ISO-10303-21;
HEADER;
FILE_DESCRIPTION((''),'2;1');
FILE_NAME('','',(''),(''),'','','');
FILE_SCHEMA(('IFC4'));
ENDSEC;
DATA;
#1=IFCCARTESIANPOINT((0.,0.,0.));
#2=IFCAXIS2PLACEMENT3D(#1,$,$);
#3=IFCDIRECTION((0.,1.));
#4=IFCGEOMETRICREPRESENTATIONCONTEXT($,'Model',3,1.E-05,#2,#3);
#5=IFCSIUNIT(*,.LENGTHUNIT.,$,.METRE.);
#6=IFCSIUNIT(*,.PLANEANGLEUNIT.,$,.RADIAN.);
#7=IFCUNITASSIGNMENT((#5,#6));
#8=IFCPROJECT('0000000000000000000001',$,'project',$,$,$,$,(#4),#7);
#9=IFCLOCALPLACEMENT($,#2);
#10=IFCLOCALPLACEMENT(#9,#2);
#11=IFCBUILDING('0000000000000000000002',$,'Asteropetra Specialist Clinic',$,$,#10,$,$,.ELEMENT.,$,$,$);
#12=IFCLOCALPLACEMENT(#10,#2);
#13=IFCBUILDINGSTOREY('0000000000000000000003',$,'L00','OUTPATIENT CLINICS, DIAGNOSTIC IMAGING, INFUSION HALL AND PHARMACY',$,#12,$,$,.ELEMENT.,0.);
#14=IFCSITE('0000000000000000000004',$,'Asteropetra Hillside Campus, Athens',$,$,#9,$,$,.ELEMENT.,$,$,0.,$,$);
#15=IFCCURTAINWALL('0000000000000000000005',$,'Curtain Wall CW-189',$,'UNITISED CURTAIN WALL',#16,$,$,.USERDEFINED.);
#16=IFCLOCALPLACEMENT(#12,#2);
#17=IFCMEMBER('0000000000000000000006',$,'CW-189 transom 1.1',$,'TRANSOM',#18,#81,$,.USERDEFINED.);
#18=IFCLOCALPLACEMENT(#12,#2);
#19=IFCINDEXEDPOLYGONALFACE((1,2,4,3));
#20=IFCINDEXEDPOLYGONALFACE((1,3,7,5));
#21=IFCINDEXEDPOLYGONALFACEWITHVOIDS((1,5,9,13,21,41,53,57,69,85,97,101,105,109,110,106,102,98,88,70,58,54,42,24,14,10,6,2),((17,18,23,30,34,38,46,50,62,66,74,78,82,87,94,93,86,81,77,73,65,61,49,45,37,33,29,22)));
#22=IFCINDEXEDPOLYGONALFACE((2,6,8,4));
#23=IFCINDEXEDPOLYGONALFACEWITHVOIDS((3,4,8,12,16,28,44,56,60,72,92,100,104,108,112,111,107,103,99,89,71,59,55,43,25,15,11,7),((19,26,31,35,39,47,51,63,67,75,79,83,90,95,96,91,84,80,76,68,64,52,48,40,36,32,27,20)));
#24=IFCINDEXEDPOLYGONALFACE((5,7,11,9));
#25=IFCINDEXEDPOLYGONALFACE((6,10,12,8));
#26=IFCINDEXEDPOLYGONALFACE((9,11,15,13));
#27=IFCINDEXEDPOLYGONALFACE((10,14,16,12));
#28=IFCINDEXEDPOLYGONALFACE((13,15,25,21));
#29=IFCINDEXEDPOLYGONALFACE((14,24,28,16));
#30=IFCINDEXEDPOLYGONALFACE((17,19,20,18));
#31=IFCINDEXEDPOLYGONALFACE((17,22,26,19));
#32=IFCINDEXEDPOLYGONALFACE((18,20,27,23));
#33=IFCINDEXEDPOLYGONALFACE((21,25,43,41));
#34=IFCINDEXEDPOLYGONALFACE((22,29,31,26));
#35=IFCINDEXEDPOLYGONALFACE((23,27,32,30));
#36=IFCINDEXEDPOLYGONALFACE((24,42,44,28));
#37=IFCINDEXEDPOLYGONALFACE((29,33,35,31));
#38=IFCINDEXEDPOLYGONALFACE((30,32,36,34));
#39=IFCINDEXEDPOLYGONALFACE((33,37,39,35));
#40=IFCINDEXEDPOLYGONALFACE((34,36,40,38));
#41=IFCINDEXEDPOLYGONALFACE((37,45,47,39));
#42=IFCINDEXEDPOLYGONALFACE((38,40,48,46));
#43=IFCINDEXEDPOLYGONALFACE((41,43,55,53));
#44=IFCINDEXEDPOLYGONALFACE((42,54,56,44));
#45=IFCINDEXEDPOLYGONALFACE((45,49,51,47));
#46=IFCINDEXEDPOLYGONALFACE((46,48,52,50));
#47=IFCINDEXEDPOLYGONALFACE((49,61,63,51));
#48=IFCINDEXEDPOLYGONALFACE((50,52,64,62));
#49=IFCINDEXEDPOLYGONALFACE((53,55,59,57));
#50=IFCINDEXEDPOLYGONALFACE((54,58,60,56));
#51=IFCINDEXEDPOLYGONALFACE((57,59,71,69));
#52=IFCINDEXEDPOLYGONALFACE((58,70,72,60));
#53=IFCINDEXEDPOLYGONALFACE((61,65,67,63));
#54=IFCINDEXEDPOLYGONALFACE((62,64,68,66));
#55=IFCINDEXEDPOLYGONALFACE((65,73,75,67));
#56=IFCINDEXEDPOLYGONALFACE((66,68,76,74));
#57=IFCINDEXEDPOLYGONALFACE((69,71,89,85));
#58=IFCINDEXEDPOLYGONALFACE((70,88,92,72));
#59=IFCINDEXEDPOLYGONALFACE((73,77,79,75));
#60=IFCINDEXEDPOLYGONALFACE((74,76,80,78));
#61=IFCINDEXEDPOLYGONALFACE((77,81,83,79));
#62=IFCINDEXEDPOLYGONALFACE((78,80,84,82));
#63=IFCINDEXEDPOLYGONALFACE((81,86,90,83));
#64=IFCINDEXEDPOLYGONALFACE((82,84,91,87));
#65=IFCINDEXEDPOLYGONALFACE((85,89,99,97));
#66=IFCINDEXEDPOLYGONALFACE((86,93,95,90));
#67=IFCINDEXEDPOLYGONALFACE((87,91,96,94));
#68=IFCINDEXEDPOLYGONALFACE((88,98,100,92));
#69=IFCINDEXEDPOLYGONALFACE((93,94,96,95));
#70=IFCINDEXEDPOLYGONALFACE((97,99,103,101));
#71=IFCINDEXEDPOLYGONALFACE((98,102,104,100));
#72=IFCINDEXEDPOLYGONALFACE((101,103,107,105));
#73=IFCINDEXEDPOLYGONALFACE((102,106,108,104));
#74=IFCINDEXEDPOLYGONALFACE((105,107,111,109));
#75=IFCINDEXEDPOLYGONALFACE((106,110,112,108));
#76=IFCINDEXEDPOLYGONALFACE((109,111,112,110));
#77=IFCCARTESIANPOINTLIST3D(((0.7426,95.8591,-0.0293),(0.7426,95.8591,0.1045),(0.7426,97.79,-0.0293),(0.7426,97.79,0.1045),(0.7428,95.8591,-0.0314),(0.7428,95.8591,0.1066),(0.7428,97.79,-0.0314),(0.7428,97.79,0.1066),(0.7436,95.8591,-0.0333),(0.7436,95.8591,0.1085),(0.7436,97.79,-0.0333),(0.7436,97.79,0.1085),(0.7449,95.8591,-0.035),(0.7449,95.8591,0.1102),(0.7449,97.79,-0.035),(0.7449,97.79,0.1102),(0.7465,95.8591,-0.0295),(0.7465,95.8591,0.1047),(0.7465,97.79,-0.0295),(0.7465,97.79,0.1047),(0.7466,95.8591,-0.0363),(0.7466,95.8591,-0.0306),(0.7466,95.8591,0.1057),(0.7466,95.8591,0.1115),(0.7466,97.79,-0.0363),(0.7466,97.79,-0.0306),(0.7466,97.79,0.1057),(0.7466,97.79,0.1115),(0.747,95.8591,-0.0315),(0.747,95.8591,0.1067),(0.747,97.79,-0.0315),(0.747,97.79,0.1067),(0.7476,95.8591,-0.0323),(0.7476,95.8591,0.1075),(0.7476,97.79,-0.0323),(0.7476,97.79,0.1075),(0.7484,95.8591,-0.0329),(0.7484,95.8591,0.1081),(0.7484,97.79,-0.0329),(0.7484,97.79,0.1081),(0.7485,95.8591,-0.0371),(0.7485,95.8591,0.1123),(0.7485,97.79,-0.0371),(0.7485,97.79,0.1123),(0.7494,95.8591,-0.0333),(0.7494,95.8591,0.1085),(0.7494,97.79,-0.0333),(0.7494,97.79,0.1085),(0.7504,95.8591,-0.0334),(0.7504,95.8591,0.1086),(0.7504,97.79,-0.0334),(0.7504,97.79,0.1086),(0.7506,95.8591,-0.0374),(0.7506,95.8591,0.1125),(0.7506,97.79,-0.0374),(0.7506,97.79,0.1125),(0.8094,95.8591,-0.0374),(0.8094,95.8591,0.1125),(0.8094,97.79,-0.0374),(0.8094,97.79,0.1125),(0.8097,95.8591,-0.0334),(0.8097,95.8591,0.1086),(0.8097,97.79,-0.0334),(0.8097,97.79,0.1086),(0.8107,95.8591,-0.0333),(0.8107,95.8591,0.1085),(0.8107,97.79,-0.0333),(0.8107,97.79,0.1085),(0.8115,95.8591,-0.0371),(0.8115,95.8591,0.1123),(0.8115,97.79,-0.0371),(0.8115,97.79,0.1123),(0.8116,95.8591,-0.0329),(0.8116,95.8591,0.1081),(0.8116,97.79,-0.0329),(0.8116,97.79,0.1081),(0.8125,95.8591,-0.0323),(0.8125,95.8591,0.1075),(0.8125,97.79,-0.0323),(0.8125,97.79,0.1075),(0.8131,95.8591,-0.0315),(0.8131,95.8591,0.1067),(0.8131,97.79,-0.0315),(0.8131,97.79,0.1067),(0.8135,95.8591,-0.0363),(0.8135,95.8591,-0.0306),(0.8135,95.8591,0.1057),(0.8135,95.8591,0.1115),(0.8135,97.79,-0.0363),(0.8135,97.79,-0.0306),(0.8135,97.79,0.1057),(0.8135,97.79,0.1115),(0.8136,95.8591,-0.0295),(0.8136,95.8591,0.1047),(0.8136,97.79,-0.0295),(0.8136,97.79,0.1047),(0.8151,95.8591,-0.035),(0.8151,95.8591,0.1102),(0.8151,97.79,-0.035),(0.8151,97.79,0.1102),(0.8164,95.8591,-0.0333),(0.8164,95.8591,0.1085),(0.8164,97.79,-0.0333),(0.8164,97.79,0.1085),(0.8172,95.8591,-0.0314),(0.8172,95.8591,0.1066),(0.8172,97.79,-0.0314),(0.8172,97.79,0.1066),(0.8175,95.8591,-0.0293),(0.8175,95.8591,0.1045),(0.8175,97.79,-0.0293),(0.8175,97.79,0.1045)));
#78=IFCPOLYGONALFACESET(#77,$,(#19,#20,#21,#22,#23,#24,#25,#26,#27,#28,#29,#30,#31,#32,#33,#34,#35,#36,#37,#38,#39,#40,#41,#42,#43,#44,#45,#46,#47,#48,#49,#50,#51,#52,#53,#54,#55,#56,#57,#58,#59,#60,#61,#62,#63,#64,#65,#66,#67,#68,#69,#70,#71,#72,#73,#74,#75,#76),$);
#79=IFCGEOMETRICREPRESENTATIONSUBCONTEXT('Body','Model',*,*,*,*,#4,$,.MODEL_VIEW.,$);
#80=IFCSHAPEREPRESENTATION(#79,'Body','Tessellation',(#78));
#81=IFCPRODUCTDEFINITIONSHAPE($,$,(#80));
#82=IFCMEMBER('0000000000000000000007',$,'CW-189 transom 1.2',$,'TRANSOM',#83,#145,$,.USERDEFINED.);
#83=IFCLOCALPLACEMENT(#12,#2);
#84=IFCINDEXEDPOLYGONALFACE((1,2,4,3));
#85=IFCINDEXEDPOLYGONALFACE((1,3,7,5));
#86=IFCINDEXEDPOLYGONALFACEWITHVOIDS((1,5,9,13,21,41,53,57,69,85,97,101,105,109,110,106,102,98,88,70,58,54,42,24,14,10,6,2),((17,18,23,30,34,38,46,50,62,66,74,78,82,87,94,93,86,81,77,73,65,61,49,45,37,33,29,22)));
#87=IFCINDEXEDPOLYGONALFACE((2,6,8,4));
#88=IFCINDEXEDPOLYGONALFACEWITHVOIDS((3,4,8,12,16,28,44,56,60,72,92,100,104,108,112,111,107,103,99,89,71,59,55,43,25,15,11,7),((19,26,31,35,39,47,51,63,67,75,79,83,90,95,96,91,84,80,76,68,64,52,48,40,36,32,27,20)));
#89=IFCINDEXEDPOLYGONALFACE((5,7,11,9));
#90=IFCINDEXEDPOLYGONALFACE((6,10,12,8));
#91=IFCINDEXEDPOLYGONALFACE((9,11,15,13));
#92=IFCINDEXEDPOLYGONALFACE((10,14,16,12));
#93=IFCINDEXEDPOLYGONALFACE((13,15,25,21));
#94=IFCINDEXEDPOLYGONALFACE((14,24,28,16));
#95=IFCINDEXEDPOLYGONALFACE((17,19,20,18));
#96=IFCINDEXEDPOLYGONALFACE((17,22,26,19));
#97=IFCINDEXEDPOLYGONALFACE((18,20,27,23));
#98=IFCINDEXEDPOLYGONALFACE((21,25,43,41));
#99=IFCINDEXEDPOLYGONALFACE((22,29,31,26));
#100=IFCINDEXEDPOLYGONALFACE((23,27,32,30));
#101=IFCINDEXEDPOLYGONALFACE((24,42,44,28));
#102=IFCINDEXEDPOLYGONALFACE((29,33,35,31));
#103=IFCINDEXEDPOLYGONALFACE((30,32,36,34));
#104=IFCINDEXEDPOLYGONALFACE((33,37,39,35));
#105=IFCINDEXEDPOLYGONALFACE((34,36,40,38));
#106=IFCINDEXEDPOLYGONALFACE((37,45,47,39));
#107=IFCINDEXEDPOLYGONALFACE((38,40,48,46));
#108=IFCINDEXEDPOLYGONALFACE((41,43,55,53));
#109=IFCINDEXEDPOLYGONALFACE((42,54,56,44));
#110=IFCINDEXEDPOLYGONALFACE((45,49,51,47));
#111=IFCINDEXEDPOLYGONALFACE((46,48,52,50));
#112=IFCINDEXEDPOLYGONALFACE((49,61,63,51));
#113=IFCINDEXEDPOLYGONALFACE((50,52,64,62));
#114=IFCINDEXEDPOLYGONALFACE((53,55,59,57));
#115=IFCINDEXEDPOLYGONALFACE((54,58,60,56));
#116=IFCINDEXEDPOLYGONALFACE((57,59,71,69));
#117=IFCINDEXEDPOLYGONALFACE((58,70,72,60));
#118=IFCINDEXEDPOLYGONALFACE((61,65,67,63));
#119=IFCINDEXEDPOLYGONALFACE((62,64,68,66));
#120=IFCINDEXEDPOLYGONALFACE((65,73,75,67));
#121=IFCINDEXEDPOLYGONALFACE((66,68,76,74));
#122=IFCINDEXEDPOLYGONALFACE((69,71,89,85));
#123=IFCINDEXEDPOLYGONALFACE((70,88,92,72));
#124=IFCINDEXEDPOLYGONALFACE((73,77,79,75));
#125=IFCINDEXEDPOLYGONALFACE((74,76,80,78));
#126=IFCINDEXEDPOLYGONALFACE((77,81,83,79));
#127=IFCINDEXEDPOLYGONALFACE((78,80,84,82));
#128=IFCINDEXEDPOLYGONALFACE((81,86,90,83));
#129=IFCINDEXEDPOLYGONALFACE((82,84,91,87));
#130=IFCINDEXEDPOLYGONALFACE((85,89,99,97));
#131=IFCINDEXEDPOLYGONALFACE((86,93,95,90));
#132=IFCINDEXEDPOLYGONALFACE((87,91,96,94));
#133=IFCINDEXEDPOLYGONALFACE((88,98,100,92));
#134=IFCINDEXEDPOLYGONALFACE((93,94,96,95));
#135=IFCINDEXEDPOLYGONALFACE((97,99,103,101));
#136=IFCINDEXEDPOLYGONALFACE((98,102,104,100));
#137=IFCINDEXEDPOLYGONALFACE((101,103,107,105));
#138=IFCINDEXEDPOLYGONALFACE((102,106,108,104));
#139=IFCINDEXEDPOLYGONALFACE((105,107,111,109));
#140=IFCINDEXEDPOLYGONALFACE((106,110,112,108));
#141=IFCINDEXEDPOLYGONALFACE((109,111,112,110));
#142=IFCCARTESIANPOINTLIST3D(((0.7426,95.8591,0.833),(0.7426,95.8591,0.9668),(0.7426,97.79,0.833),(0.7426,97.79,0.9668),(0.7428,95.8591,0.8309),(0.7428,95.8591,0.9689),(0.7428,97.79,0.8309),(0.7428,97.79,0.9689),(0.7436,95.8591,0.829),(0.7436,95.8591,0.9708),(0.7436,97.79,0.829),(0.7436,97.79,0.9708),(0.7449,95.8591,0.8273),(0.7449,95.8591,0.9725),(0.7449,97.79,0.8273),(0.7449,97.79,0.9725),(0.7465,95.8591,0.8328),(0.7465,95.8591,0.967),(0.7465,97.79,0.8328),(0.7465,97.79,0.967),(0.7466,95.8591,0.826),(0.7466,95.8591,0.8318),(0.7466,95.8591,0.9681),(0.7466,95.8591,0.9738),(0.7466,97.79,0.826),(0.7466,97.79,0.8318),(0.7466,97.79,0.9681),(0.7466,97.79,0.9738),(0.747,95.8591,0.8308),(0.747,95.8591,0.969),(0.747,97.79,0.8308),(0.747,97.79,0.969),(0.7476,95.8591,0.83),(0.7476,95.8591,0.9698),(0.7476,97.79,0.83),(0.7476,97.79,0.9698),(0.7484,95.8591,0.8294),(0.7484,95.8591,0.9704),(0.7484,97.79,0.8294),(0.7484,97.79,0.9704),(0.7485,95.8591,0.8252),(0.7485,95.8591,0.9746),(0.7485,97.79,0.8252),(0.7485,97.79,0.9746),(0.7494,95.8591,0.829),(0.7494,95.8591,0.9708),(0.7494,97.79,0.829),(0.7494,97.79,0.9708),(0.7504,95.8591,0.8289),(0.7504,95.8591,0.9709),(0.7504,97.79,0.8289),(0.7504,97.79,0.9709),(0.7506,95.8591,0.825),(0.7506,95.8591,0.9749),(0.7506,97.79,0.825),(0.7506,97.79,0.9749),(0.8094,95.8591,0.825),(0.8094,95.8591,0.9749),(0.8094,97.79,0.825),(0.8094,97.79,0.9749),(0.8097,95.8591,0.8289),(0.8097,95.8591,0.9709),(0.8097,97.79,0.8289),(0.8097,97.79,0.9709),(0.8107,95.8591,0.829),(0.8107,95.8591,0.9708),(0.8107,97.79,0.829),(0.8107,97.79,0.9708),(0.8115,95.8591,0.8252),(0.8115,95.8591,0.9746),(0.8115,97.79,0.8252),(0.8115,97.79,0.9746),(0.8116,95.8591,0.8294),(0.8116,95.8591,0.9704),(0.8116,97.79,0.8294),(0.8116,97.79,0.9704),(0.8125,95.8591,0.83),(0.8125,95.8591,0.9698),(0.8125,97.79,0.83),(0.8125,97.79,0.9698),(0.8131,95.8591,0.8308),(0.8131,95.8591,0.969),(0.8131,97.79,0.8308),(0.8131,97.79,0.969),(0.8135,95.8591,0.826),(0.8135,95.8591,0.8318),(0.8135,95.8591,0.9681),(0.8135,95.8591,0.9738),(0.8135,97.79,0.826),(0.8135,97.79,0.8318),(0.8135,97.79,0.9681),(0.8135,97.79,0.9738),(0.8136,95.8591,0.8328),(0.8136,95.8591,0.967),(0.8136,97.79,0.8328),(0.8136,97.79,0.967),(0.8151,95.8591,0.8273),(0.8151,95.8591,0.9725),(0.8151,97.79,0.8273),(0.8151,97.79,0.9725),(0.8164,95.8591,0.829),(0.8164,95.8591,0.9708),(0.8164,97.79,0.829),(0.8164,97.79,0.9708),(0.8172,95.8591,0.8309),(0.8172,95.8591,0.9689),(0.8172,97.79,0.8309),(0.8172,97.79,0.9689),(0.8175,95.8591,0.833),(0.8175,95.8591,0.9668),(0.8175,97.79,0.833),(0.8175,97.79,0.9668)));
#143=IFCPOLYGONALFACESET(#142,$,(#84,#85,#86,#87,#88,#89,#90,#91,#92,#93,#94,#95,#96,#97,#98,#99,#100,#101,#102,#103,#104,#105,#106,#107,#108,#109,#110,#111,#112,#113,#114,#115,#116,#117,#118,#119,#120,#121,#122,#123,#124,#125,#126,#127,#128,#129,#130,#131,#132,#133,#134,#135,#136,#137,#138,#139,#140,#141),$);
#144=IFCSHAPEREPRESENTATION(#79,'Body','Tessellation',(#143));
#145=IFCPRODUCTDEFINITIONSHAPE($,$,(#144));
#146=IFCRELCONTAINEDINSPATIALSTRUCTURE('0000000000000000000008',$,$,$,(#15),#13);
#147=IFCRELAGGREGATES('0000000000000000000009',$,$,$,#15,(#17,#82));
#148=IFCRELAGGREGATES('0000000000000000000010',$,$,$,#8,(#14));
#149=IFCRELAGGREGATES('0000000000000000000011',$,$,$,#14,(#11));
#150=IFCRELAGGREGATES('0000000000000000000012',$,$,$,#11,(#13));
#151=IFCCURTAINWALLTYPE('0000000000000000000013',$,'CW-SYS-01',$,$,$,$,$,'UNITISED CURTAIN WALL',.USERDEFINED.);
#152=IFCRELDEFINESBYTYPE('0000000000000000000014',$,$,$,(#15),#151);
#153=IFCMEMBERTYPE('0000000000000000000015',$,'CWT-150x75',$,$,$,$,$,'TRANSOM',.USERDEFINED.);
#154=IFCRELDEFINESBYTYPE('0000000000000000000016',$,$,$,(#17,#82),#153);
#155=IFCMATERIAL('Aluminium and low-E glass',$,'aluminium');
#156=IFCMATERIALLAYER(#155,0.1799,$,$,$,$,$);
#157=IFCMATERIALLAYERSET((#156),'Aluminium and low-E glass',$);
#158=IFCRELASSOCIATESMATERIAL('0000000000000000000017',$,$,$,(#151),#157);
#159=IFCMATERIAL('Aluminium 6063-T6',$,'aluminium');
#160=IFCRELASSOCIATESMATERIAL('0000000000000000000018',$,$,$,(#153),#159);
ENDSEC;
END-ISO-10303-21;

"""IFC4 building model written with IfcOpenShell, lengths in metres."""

from ifc_helpers import new_model, si_unit, direction, frame, origin, origin_2d, place, context, subcontext, project, spatial, hollow_rectangle, extrude, material, layer, layer_set, material_profile, profile_set, type_object, element, aggregate, save


model = new_model("IFC4")

# Units and contexts
model_context = context("Model", 3, precision=1e-05, world=origin(), true_north=direction((0.0, 1.0)))
body_context = subcontext(model_context, "Body", "Model", "MODEL_VIEW")
ifc_project = project(units=[si_unit("LENGTHUNIT", "METRE"), si_unit("PLANEANGLEUNIT", "RADIAN")], contexts=[model_context])

# Site, building, storey
site_placement = place(None, origin())
site = spatial("IfcSite", under=ifc_project, at=site_placement, Name="Asteropetra Hillside Campus, Athens", CompositionType="ELEMENT", RefElevation=0.0)
building_placement = place(site_placement, origin())
building = spatial("IfcBuilding", under=site, at=building_placement, Name="Asteropetra Specialist Clinic", CompositionType="ELEMENT")
storey_placement = place(building_placement, origin())
storey = spatial("IfcBuildingStorey", under=building, at=storey_placement, Name="L00", Description="OUTPATIENT CLINICS, DIAGNOSTIC IMAGING, INFUSION HALL AND PHARMACY", CompositionType="ELEMENT", Elevation=0.0)

# Curtain wall, members
ifc_material_1 = material(Name="Aluminium and low-E glass", Category="aluminium")
ifc_layer_1 = layer(ifc_material_1, 0.1799)
ifc_layer_set_1 = layer_set([ifc_layer_1], Name="Aluminium and low-E glass")
curtain_wall_type = type_object("IfcCurtainWallType", Name="CW-SYS-01", ElementType="UNITISED CURTAIN WALL", PredefinedType="USERDEFINED", material=ifc_layer_set_1)
curtain_wall_placement = place(storey_placement, origin())
curtain_wall = element("IfcCurtainWall", 1, at=curtain_wall_placement, inside=storey, type_object=curtain_wall_type, Name="Curtain Wall CW-189", ObjectType="UNITISED CURTAIN WALL", PredefinedType="USERDEFINED")
ifc_material_2 = material(Name="Aluminium 6063-T6", Category="aluminium")
ifc_material_profile_1 = material_profile(ifc_material_2, hollow_rectangle(XDim=0.075, YDim=0.1499, WallThickness=0.0039, InnerFilletRadius=0.0039, OuterFilletRadius=0.0081, at=origin_2d()), Name="TRN 150x75x4.0")
ifc_profile_set_1 = profile_set([ifc_material_profile_1], Name="Aluminium 6063-T6")
member_type = type_object("IfcMemberType", Name="CWT-150x75", ElementType="TRANSOM", PredefinedType="USERDEFINED", material=ifc_profile_set_1)
member_1_placement = place(storey_placement, frame((0.78, 97.79, 0.0376), z_axis=(0.0, -1.0, 0.0), x_axis=(1.0, 0.0, 0.0)))
member_1 = element("IfcMember", 2, at=member_1_placement, type_object=member_type, Name="CW-189 transom 1.1", ObjectType="TRANSOM", PredefinedType="USERDEFINED", context=body_context, shape_type="SweptSolid", body=[
    extrude(hollow_rectangle(XDim=0.075, YDim=0.1499, WallThickness=0.0039, InnerFilletRadius=0.0039, OuterFilletRadius=0.0081, at=origin_2d()), origin(), (0.0, 0.0, 1.0), 1.9309),
])
member_2_placement = place(storey_placement, frame((0.78, 97.79, 0.8999), z_axis=(0.0, -1.0, 0.0), x_axis=(1.0, 0.0, 0.0)))
member_2 = element("IfcMember", 3, at=member_2_placement, type_object=member_type, Name="CW-189 transom 1.2", ObjectType="TRANSOM", PredefinedType="USERDEFINED", context=body_context, shape_type="SweptSolid", body=[
    extrude(hollow_rectangle(XDim=0.075, YDim=0.1499, WallThickness=0.0039, InnerFilletRadius=0.0039, OuterFilletRadius=0.0081, at=origin_2d()), origin(), (0.0, 0.0, 1.0), 1.9309),
])
aggregate(curtain_wall, [member_1, member_2])

save(model, "model.ifc")
